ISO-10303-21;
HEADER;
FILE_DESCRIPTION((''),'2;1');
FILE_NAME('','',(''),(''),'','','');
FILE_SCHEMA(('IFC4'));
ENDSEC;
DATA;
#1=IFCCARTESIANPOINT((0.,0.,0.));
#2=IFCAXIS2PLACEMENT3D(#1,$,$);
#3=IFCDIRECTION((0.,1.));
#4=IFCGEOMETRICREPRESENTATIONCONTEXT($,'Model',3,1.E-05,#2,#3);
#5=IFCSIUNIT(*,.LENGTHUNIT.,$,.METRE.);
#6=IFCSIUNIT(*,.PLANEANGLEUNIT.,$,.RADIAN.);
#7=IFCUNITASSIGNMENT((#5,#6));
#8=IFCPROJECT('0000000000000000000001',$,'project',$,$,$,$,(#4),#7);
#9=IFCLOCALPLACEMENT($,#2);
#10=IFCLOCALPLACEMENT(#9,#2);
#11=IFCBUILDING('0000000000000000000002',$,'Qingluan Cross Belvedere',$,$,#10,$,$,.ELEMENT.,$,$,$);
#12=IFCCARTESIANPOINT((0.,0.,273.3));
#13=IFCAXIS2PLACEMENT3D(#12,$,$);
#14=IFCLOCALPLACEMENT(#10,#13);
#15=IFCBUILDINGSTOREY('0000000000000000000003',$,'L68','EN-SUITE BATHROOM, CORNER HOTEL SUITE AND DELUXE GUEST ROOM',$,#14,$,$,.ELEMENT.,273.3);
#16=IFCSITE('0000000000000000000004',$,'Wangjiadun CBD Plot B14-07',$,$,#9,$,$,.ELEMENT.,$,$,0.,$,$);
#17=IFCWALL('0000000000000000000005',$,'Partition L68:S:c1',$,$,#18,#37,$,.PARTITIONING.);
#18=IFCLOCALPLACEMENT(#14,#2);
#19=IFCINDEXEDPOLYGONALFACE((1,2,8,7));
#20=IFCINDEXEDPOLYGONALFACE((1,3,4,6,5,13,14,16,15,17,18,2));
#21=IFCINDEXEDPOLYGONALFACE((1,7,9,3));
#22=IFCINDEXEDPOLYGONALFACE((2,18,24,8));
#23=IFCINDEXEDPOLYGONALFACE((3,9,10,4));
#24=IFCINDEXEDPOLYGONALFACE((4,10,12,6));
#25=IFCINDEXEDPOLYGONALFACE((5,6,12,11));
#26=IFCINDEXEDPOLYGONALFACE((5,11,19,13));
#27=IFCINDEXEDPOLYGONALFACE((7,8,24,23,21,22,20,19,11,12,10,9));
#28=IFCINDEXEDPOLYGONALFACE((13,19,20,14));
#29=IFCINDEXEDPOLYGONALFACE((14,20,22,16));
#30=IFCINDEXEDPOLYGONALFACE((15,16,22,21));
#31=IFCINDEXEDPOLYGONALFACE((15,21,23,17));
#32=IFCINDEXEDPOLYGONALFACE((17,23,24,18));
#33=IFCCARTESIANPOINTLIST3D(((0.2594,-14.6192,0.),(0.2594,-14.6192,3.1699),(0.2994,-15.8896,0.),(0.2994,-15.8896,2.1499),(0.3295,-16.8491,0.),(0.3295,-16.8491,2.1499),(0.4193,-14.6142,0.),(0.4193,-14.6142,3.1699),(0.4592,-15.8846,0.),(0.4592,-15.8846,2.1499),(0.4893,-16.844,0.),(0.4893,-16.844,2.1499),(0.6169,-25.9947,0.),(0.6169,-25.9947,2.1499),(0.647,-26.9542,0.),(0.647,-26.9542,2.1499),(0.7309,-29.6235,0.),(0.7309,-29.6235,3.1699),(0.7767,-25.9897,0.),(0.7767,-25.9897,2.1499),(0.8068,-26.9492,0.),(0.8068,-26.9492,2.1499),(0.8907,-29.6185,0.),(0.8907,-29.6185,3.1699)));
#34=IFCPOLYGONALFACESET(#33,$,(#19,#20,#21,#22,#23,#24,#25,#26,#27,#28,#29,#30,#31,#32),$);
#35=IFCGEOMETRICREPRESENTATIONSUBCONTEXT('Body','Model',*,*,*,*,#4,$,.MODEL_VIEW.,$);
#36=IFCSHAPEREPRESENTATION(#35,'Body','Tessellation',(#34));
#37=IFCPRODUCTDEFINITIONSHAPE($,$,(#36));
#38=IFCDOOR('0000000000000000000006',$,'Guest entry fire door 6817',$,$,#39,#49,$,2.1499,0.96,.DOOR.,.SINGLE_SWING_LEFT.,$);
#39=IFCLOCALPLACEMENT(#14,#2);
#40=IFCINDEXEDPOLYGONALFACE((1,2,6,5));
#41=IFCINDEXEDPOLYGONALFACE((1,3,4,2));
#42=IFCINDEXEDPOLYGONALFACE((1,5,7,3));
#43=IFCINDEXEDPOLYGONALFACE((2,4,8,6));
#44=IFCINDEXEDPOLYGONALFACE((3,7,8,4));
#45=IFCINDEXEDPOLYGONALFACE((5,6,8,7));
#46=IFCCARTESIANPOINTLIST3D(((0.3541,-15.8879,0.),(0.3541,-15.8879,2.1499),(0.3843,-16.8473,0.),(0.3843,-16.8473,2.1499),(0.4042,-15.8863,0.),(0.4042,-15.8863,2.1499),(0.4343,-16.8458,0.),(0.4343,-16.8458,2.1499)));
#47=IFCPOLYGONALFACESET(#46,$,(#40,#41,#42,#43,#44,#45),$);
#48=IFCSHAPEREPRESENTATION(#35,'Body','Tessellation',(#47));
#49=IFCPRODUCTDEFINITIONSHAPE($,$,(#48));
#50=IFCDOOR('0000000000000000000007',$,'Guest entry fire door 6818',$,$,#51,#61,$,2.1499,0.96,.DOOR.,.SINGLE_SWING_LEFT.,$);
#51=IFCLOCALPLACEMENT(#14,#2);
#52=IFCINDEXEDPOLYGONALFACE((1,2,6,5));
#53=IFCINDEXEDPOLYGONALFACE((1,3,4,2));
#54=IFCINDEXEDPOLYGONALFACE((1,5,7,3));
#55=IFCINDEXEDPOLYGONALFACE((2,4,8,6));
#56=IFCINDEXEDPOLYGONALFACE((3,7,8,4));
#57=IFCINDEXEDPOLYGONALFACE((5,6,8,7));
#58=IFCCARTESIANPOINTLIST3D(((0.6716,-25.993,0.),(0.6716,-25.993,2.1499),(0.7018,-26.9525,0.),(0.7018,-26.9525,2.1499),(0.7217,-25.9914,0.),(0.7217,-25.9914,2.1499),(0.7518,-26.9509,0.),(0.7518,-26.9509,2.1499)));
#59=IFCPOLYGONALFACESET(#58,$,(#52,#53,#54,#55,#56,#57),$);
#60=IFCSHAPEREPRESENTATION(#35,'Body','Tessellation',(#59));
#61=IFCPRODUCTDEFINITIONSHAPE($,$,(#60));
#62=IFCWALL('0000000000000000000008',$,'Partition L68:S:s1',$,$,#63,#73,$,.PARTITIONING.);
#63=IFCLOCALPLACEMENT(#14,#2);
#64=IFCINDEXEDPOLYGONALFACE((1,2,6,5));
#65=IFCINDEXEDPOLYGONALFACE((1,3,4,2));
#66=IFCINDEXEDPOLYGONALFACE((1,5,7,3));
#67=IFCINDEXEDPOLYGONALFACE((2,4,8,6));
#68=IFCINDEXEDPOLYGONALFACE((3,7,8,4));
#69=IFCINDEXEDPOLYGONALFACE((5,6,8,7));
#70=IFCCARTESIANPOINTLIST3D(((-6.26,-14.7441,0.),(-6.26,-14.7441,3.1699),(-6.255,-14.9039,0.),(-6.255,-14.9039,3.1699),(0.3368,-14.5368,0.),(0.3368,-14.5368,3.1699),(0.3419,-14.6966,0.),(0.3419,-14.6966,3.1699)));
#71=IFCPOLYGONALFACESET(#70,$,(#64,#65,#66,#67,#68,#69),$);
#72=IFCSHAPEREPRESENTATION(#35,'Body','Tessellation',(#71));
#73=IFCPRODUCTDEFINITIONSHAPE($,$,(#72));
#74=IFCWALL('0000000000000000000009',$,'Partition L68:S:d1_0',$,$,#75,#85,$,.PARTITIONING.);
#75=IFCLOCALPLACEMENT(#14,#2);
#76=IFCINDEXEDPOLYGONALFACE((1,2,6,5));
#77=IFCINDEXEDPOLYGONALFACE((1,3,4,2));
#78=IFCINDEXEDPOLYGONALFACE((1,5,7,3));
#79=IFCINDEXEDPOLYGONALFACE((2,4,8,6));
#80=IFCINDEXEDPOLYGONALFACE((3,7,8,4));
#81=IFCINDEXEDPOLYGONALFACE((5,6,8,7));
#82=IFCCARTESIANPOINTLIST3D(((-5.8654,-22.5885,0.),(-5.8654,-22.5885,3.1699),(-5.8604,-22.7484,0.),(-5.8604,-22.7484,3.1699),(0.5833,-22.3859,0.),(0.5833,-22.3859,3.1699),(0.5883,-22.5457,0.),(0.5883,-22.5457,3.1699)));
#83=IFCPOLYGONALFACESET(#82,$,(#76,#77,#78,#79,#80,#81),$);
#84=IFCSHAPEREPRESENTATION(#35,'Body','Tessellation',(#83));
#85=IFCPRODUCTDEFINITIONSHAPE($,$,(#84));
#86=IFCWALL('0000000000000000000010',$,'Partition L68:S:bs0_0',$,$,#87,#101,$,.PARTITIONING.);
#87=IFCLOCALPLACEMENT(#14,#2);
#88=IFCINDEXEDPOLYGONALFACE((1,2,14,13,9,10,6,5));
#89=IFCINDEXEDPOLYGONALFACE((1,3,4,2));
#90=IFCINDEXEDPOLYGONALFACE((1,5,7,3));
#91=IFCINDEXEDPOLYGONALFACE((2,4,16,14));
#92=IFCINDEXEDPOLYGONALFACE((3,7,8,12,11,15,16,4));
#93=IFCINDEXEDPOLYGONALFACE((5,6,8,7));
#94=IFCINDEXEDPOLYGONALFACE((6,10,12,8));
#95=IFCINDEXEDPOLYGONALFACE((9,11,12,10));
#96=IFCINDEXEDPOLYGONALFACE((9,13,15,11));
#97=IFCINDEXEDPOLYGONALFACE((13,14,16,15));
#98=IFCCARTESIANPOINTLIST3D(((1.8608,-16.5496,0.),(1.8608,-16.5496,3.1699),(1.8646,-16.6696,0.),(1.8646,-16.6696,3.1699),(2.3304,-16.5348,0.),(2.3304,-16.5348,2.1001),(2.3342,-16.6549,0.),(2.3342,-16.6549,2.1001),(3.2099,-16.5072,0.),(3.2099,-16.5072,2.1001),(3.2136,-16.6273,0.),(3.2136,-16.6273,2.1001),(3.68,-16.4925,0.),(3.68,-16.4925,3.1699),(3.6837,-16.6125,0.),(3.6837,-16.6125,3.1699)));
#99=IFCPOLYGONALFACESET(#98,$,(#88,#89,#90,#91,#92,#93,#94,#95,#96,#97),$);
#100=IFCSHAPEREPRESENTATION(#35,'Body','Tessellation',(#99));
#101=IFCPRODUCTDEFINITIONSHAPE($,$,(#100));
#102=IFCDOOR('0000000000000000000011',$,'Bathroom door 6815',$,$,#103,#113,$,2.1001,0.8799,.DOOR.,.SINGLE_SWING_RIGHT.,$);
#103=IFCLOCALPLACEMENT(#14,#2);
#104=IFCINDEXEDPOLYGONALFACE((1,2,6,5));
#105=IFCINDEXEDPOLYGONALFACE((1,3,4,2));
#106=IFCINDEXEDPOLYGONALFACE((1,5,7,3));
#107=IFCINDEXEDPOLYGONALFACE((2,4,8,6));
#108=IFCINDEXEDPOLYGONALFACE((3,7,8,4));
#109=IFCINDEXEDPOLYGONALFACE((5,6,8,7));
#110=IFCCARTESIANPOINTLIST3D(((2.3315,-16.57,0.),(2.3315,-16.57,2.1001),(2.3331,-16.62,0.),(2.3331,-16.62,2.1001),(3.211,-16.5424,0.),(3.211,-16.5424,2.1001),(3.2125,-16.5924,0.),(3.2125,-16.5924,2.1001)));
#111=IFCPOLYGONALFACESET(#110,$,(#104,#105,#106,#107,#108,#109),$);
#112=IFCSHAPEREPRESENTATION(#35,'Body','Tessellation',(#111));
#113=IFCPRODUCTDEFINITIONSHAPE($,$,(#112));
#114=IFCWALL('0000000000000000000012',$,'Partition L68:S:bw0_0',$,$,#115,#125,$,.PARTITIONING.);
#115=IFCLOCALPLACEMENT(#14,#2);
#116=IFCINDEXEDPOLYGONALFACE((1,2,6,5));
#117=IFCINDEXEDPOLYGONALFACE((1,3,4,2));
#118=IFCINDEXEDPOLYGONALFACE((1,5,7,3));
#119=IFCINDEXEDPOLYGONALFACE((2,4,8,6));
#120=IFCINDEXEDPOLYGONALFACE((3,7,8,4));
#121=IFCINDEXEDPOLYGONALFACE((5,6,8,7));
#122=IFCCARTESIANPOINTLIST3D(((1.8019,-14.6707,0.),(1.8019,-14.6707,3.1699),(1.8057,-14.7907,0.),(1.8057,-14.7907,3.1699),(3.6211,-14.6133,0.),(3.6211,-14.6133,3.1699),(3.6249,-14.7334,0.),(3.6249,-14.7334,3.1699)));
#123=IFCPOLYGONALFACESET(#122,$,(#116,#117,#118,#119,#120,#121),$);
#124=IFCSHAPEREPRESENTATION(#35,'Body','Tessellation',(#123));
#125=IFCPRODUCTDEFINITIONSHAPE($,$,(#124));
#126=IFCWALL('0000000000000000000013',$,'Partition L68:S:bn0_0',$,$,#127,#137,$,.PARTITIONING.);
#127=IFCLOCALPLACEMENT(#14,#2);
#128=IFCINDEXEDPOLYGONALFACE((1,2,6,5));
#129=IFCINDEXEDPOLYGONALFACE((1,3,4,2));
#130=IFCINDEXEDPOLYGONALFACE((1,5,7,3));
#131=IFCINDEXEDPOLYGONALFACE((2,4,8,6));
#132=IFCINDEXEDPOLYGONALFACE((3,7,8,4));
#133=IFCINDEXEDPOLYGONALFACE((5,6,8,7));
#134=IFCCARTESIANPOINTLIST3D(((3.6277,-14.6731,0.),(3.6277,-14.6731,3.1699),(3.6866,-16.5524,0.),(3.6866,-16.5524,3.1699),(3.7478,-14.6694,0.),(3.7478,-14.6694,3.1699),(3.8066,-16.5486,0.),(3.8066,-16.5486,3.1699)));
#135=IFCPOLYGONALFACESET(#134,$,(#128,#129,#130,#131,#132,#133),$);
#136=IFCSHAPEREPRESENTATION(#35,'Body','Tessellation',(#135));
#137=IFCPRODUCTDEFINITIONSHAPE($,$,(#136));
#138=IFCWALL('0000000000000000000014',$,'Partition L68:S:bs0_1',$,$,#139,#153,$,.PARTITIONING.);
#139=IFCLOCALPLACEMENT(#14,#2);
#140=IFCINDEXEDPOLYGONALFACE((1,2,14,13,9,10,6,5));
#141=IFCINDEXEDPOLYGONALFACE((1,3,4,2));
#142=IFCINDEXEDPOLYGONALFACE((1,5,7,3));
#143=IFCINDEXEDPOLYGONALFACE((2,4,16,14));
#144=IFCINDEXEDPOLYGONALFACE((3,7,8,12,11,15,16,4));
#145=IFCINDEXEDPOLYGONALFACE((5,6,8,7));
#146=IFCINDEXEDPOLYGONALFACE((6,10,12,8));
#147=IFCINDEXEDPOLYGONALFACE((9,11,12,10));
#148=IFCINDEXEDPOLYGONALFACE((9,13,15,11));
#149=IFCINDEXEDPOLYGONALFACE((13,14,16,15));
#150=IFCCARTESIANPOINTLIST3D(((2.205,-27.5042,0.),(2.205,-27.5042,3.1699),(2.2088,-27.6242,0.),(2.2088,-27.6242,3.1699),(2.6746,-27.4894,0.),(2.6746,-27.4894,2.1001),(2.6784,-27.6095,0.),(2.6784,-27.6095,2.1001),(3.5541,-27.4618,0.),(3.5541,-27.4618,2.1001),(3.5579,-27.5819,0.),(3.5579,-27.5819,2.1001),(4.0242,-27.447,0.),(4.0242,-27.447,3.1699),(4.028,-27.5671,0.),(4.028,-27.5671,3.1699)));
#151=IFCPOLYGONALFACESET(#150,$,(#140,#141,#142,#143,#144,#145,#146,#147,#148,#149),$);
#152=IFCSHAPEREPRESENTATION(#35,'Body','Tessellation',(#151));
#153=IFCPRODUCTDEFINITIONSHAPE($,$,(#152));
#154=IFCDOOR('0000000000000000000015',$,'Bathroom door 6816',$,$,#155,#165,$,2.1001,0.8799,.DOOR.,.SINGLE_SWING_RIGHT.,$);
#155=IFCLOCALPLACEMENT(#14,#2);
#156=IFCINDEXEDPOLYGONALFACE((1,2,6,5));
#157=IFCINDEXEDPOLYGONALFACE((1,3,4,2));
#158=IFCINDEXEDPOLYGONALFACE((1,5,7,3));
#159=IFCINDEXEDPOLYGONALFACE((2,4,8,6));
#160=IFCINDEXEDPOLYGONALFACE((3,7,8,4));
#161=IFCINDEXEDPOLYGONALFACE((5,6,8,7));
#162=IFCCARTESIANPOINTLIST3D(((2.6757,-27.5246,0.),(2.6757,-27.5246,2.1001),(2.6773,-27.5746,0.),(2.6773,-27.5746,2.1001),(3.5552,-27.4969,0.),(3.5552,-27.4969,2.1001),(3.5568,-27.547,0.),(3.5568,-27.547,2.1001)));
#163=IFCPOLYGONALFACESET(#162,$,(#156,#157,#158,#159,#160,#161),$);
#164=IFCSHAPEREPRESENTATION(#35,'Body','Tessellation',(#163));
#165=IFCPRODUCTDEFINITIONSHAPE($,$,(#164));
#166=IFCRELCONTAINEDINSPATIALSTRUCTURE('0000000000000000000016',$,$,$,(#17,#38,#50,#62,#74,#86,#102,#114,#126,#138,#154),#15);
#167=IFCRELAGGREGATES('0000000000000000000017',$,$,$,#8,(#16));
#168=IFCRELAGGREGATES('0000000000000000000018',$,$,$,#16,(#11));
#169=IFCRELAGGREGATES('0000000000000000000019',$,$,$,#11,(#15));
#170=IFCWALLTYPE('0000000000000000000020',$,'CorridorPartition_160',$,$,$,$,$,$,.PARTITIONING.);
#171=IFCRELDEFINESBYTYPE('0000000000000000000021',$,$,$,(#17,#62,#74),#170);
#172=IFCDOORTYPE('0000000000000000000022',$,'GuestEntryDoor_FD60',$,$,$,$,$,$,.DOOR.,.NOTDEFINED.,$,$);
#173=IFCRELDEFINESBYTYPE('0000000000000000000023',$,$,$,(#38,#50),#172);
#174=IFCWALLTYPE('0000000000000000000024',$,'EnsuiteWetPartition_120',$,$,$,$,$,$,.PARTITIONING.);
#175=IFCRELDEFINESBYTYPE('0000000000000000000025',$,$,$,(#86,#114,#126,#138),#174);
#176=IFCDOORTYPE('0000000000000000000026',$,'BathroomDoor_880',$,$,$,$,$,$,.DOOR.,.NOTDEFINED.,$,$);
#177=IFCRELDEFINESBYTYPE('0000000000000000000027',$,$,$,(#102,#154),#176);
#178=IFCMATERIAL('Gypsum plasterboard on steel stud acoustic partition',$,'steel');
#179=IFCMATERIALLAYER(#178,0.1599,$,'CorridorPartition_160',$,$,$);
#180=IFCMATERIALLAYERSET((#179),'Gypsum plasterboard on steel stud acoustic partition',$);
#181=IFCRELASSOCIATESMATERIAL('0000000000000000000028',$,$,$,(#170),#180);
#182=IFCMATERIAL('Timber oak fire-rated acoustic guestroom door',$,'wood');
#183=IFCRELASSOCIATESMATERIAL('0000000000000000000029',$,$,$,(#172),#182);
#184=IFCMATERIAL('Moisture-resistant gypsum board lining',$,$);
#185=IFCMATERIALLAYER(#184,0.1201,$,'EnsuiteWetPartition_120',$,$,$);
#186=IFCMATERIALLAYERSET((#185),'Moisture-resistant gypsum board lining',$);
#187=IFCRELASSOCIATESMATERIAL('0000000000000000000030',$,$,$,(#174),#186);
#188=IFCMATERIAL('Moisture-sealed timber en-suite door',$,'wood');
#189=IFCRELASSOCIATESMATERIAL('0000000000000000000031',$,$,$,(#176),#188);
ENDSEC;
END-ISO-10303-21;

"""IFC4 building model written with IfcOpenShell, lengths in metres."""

from ifc_helpers import new_model, si_unit, direction, frame, frame_2d, origin, place, context, subcontext, project, spatial, rectangle, extrude, material, layer, layer_set, type_object, element, fill, save


model = new_model("IFC4")

# Units and contexts
model_context = context("Model", 3, precision=1e-05, world=origin(), true_north=direction((0.0, 1.0)))
body_context = subcontext(model_context, "Body", "Model", "MODEL_VIEW")
ifc_project = project(units=[si_unit("LENGTHUNIT", "METRE"), si_unit("PLANEANGLEUNIT", "RADIAN")], contexts=[model_context])

# Site, building, storey
site_placement = place(None, origin())
site = spatial("IfcSite", under=ifc_project, at=site_placement, Name="Wangjiadun CBD Plot B14-07", CompositionType="ELEMENT", RefElevation=0.0)
building_placement = place(site_placement, origin())
building = spatial("IfcBuilding", under=site, at=building_placement, Name="Qingluan Cross Belvedere", CompositionType="ELEMENT")
storey_placement = place(building_placement, frame((0.0, 0.0, 273.3)))
storey = spatial("IfcBuildingStorey", under=building, at=storey_placement, Name="L68", Description="EN-SUITE BATHROOM, CORNER HOTEL SUITE AND DELUXE GUEST ROOM", CompositionType="ELEMENT", Elevation=273.3)

# Shared definitions
ifc_material_1 = material(Name="Gypsum plasterboard on steel stud acoustic partition", Category="steel")
ifc_layer_1 = layer(ifc_material_1, 0.1599, Name="CorridorPartition_160")
ifc_layer_set_1 = layer_set([ifc_layer_1], Name="Gypsum plasterboard on steel stud acoustic partition")
wall_type_1 = type_object("IfcWallType", Name="CorridorPartition_160", PredefinedType="PARTITIONING", material=ifc_layer_set_1)

# Wall, openings, doors
wall_1_placement = place(storey_placement, frame((0.3394, -14.6167, 0.0), z_axis=(0.0, 0.0, 1.0), x_axis=(0.031404, -0.999507, 0.0)))
wall_1 = element("IfcWall", 1, at=wall_1_placement, inside=storey, type_object=wall_type_1, Name="Partition L68:S:c1", PredefinedType="PARTITIONING", context=body_context, shape_type="SweptSolid", body=[
    extrude(rectangle(XDim=15.0117, YDim=0.1599, at=frame_2d((7.5059, 0.0))), origin(), (0.0, 0.0, 1.0), 3.1699),
])
opening_1_placement = place(wall_1_placement, frame((1.271, 0.0, 0.0)))
opening_1 = element("IfcOpeningElement", 2, at=opening_1_placement, cuts=wall_1, PredefinedType="OPENING", context=body_context, shape_type="SweptSolid", body=[
    extrude(rectangle(XDim=0.96, YDim=2.1499, at=frame_2d((0.48, 1.075))), frame((0.0, 0.0898, 0.0), z_axis=(0.0, -1.0, 0.0), x_axis=(1.0, 0.0, 0.0)), (0.0, 0.0, 1.0), 0.1799),
])
opening_2_placement = place(wall_1_placement, frame((11.3811, 0.0, 0.0)))
opening_2 = element("IfcOpeningElement", 3, at=opening_2_placement, cuts=wall_1, PredefinedType="OPENING", context=body_context, shape_type="SweptSolid", body=[
    extrude(rectangle(XDim=0.96, YDim=2.1499, at=frame_2d((0.48, 1.075))), frame((0.0, 0.0898, 0.0), z_axis=(0.0, -1.0, 0.0), x_axis=(1.0, 0.0, 0.0)), (0.0, 0.0, 1.0), 0.1799),
])
ifc_material_2 = material(Name="Timber oak fire-rated acoustic guestroom door", Category="wood")
door_type_1 = type_object("IfcDoorType", Name="GuestEntryDoor_FD60", OperationType="NOTDEFINED", PredefinedType="DOOR", material=ifc_material_2)
door_1_placement = place(opening_1_placement, origin())
door_1 = element("IfcDoor", 4, at=door_1_placement, inside=storey, type_object=door_type_1, Name="Guest entry fire door 6817", OperationType="SINGLE_SWING_LEFT", OverallHeight=2.1499, OverallWidth=0.96, PredefinedType="DOOR", context=body_context, shape_type="SweptSolid", body=[
    extrude(rectangle(XDim=0.96, YDim=2.1499, at=frame_2d((0.48, 1.075))), frame((0.0, 0.0249, 0.0), z_axis=(0.0, -1.0, 0.0), x_axis=(1.0, 0.0, 0.0)), (0.0, 0.0, 1.0), 0.05),
])
fill(opening_1, door_1)
door_2_placement = place(opening_2_placement, origin())
door_2 = element("IfcDoor", 5, at=door_2_placement, inside=storey, type_object=door_type_1, Name="Guest entry fire door 6818", OperationType="SINGLE_SWING_LEFT", OverallHeight=2.1499, OverallWidth=0.96, PredefinedType="DOOR", context=body_context, shape_type="SweptSolid", body=[
    extrude(rectangle(XDim=0.96, YDim=2.1499, at=frame_2d((0.48, 1.075))), frame((0.0, 0.0249, 0.0), z_axis=(0.0, -1.0, 0.0), x_axis=(1.0, 0.0, 0.0)), (0.0, 0.0, 1.0), 0.05),
])
fill(opening_2, door_2)

# Walls
wall_2_placement = place(storey_placement, frame((0.3394, -14.6167, 0.0), z_axis=(0.0, 0.0, 1.0), x_axis=(-0.999507, -0.031405, 0.0)))
element("IfcWall", 6, at=wall_2_placement, inside=storey, type_object=wall_type_1, Name="Partition L68:S:s1", PredefinedType="PARTITIONING", context=body_context, shape_type="SweptSolid", body=[
    extrude(rectangle(XDim=6.6001, YDim=0.1599, at=frame_2d((3.3, 0.0))), origin(), (0.0, 0.0, 1.0), 3.1699),
])
wall_3_placement = place(storey_placement, frame((0.5859, -22.4658, 0.0), z_axis=(0.0, 0.0, 1.0), x_axis=(-0.999507, -0.031407, 0.0)))
element("IfcWall", 7, at=wall_3_placement, inside=storey, type_object=wall_type_1, Name="Partition L68:S:d1_0", PredefinedType="PARTITIONING", context=body_context, shape_type="SweptSolid", body=[
    extrude(rectangle(XDim=6.4519, YDim=0.1599, at=frame_2d((3.2261, 0.0))), origin(), (0.0, 0.0, 1.0), 3.1699),
])

# Wall, opening, door
ifc_material_3 = material(Name="Moisture-resistant gypsum board lining")
ifc_layer_2 = layer(ifc_material_3, 0.1201, Name="EnsuiteWetPartition_120")
ifc_layer_set_2 = layer_set([ifc_layer_2], Name="Moisture-resistant gypsum board lining")
wall_type_2 = type_object("IfcWallType", Name="EnsuiteWetPartition_120", PredefinedType="PARTITIONING", material=ifc_layer_set_2)
wall_4_placement = place(storey_placement, frame((1.8625, -16.6096, 0.0), z_axis=(0.0, 0.0, 1.0), x_axis=(0.999507, 0.03139, 0.0)))
wall_4 = element("IfcWall", 8, at=wall_4_placement, inside=storey, type_object=wall_type_2, Name="Partition L68:S:bs0_0", PredefinedType="PARTITIONING", context=body_context, shape_type="SweptSolid", body=[
    extrude(rectangle(XDim=1.8201, YDim=0.1201, at=frame_2d((0.9102, 0.0))), origin(), (0.0, 0.0, 1.0), 3.1699),
])
opening_3_placement = place(wall_4_placement, frame((0.47, 0.0, 0.0)))
opening_3 = element("IfcOpeningElement", 9, at=opening_3_placement, cuts=wall_4, PredefinedType="OPENING", context=body_context, shape_type="SweptSolid", body=[
    extrude(rectangle(XDim=0.8799, YDim=2.1001, at=frame_2d((0.4399, 1.05))), frame((0.0, 0.0701, 0.0), z_axis=(0.0, -1.0, 0.0), x_axis=(1.0, 0.0, 0.0)), (0.0, 0.0, 1.0), 0.1401),
])
ifc_material_4 = material(Name="Moisture-sealed timber en-suite door", Category="wood")
door_type_2 = type_object("IfcDoorType", Name="BathroomDoor_880", OperationType="NOTDEFINED", PredefinedType="DOOR", material=ifc_material_4)
door_3_placement = place(opening_3_placement, origin())
door_3 = element("IfcDoor", 10, at=door_3_placement, inside=storey, type_object=door_type_2, Name="Bathroom door 6815", OperationType="SINGLE_SWING_RIGHT", OverallHeight=2.1001, OverallWidth=0.8799, PredefinedType="DOOR", context=body_context, shape_type="SweptSolid", body=[
    extrude(rectangle(XDim=0.8799, YDim=2.1001, at=frame_2d((0.4399, 1.05))), frame((0.0, 0.0249, 0.0), z_axis=(0.0, -1.0, 0.0), x_axis=(1.0, 0.0, 0.0)), (0.0, 0.0, 1.0), 0.05),
])
fill(opening_3, door_3)

# Walls
wall_5_placement = place(storey_placement, frame((1.8037, -14.7307, 0.0), z_axis=(0.0, 0.0, 1.0), x_axis=(0.999503, 0.031524, 0.0)))
element("IfcWall", 11, at=wall_5_placement, inside=storey, type_object=wall_type_2, Name="Partition L68:S:bw0_0", PredefinedType="PARTITIONING", context=body_context, shape_type="SweptSolid", body=[
    extrude(rectangle(XDim=1.8201, YDim=0.1201, at=frame_2d((0.9102, 0.0))), origin(), (0.0, 0.0, 1.0), 3.1699),
])
wall_6_placement = place(storey_placement, frame((3.6877, -14.6714, 0.0), z_axis=(0.0, 0.0, 1.0), x_axis=(0.031296, -0.99951, 0.0)))
element("IfcWall", 12, at=wall_6_placement, inside=storey, type_object=wall_type_2, Name="Partition L68:S:bn0_0", PredefinedType="PARTITIONING", context=body_context, shape_type="SweptSolid", body=[
    extrude(rectangle(XDim=1.8801, YDim=0.1201, at=frame_2d((0.9399, 0.0))), origin(), (0.0, 0.0, 1.0), 3.1699),
])

# Wall, opening, door
wall_7_placement = place(storey_placement, frame((2.2068, -27.5642, 0.0), z_axis=(0.0, 0.0, 1.0), x_axis=(0.999507, 0.03139, 0.0)))
wall_7 = element("IfcWall", 13, at=wall_7_placement, inside=storey, type_object=wall_type_2, Name="Partition L68:S:bs0_1", PredefinedType="PARTITIONING", context=body_context, shape_type="SweptSolid", body=[
    extrude(rectangle(XDim=1.8201, YDim=0.1201, at=frame_2d((0.9102, 0.0))), origin(), (0.0, 0.0, 1.0), 3.1699),
])
opening_4_placement = place(wall_7_placement, frame((0.47, 0.0, 0.0)))
opening_4 = element("IfcOpeningElement", 14, at=opening_4_placement, cuts=wall_7, PredefinedType="OPENING", context=body_context, shape_type="SweptSolid", body=[
    extrude(rectangle(XDim=0.8799, YDim=2.1001, at=frame_2d((0.4399, 1.05))), frame((0.0, 0.0701, 0.0), z_axis=(0.0, -1.0, 0.0), x_axis=(1.0, 0.0, 0.0)), (0.0, 0.0, 1.0), 0.1401),
])
door_4_placement = place(opening_4_placement, origin())
door_4 = element("IfcDoor", 15, at=door_4_placement, inside=storey, type_object=door_type_2, Name="Bathroom door 6816", OperationType="SINGLE_SWING_RIGHT", OverallHeight=2.1001, OverallWidth=0.8799, PredefinedType="DOOR", context=body_context, shape_type="SweptSolid", body=[
    extrude(rectangle(XDim=0.8799, YDim=2.1001, at=frame_2d((0.4399, 1.05))), frame((0.0, 0.0249, 0.0), z_axis=(0.0, -1.0, 0.0), x_axis=(1.0, 0.0, 0.0)), (0.0, 0.0, 1.0), 0.05),
])
fill(opening_4, door_4)

save(model, "model.ifc")
